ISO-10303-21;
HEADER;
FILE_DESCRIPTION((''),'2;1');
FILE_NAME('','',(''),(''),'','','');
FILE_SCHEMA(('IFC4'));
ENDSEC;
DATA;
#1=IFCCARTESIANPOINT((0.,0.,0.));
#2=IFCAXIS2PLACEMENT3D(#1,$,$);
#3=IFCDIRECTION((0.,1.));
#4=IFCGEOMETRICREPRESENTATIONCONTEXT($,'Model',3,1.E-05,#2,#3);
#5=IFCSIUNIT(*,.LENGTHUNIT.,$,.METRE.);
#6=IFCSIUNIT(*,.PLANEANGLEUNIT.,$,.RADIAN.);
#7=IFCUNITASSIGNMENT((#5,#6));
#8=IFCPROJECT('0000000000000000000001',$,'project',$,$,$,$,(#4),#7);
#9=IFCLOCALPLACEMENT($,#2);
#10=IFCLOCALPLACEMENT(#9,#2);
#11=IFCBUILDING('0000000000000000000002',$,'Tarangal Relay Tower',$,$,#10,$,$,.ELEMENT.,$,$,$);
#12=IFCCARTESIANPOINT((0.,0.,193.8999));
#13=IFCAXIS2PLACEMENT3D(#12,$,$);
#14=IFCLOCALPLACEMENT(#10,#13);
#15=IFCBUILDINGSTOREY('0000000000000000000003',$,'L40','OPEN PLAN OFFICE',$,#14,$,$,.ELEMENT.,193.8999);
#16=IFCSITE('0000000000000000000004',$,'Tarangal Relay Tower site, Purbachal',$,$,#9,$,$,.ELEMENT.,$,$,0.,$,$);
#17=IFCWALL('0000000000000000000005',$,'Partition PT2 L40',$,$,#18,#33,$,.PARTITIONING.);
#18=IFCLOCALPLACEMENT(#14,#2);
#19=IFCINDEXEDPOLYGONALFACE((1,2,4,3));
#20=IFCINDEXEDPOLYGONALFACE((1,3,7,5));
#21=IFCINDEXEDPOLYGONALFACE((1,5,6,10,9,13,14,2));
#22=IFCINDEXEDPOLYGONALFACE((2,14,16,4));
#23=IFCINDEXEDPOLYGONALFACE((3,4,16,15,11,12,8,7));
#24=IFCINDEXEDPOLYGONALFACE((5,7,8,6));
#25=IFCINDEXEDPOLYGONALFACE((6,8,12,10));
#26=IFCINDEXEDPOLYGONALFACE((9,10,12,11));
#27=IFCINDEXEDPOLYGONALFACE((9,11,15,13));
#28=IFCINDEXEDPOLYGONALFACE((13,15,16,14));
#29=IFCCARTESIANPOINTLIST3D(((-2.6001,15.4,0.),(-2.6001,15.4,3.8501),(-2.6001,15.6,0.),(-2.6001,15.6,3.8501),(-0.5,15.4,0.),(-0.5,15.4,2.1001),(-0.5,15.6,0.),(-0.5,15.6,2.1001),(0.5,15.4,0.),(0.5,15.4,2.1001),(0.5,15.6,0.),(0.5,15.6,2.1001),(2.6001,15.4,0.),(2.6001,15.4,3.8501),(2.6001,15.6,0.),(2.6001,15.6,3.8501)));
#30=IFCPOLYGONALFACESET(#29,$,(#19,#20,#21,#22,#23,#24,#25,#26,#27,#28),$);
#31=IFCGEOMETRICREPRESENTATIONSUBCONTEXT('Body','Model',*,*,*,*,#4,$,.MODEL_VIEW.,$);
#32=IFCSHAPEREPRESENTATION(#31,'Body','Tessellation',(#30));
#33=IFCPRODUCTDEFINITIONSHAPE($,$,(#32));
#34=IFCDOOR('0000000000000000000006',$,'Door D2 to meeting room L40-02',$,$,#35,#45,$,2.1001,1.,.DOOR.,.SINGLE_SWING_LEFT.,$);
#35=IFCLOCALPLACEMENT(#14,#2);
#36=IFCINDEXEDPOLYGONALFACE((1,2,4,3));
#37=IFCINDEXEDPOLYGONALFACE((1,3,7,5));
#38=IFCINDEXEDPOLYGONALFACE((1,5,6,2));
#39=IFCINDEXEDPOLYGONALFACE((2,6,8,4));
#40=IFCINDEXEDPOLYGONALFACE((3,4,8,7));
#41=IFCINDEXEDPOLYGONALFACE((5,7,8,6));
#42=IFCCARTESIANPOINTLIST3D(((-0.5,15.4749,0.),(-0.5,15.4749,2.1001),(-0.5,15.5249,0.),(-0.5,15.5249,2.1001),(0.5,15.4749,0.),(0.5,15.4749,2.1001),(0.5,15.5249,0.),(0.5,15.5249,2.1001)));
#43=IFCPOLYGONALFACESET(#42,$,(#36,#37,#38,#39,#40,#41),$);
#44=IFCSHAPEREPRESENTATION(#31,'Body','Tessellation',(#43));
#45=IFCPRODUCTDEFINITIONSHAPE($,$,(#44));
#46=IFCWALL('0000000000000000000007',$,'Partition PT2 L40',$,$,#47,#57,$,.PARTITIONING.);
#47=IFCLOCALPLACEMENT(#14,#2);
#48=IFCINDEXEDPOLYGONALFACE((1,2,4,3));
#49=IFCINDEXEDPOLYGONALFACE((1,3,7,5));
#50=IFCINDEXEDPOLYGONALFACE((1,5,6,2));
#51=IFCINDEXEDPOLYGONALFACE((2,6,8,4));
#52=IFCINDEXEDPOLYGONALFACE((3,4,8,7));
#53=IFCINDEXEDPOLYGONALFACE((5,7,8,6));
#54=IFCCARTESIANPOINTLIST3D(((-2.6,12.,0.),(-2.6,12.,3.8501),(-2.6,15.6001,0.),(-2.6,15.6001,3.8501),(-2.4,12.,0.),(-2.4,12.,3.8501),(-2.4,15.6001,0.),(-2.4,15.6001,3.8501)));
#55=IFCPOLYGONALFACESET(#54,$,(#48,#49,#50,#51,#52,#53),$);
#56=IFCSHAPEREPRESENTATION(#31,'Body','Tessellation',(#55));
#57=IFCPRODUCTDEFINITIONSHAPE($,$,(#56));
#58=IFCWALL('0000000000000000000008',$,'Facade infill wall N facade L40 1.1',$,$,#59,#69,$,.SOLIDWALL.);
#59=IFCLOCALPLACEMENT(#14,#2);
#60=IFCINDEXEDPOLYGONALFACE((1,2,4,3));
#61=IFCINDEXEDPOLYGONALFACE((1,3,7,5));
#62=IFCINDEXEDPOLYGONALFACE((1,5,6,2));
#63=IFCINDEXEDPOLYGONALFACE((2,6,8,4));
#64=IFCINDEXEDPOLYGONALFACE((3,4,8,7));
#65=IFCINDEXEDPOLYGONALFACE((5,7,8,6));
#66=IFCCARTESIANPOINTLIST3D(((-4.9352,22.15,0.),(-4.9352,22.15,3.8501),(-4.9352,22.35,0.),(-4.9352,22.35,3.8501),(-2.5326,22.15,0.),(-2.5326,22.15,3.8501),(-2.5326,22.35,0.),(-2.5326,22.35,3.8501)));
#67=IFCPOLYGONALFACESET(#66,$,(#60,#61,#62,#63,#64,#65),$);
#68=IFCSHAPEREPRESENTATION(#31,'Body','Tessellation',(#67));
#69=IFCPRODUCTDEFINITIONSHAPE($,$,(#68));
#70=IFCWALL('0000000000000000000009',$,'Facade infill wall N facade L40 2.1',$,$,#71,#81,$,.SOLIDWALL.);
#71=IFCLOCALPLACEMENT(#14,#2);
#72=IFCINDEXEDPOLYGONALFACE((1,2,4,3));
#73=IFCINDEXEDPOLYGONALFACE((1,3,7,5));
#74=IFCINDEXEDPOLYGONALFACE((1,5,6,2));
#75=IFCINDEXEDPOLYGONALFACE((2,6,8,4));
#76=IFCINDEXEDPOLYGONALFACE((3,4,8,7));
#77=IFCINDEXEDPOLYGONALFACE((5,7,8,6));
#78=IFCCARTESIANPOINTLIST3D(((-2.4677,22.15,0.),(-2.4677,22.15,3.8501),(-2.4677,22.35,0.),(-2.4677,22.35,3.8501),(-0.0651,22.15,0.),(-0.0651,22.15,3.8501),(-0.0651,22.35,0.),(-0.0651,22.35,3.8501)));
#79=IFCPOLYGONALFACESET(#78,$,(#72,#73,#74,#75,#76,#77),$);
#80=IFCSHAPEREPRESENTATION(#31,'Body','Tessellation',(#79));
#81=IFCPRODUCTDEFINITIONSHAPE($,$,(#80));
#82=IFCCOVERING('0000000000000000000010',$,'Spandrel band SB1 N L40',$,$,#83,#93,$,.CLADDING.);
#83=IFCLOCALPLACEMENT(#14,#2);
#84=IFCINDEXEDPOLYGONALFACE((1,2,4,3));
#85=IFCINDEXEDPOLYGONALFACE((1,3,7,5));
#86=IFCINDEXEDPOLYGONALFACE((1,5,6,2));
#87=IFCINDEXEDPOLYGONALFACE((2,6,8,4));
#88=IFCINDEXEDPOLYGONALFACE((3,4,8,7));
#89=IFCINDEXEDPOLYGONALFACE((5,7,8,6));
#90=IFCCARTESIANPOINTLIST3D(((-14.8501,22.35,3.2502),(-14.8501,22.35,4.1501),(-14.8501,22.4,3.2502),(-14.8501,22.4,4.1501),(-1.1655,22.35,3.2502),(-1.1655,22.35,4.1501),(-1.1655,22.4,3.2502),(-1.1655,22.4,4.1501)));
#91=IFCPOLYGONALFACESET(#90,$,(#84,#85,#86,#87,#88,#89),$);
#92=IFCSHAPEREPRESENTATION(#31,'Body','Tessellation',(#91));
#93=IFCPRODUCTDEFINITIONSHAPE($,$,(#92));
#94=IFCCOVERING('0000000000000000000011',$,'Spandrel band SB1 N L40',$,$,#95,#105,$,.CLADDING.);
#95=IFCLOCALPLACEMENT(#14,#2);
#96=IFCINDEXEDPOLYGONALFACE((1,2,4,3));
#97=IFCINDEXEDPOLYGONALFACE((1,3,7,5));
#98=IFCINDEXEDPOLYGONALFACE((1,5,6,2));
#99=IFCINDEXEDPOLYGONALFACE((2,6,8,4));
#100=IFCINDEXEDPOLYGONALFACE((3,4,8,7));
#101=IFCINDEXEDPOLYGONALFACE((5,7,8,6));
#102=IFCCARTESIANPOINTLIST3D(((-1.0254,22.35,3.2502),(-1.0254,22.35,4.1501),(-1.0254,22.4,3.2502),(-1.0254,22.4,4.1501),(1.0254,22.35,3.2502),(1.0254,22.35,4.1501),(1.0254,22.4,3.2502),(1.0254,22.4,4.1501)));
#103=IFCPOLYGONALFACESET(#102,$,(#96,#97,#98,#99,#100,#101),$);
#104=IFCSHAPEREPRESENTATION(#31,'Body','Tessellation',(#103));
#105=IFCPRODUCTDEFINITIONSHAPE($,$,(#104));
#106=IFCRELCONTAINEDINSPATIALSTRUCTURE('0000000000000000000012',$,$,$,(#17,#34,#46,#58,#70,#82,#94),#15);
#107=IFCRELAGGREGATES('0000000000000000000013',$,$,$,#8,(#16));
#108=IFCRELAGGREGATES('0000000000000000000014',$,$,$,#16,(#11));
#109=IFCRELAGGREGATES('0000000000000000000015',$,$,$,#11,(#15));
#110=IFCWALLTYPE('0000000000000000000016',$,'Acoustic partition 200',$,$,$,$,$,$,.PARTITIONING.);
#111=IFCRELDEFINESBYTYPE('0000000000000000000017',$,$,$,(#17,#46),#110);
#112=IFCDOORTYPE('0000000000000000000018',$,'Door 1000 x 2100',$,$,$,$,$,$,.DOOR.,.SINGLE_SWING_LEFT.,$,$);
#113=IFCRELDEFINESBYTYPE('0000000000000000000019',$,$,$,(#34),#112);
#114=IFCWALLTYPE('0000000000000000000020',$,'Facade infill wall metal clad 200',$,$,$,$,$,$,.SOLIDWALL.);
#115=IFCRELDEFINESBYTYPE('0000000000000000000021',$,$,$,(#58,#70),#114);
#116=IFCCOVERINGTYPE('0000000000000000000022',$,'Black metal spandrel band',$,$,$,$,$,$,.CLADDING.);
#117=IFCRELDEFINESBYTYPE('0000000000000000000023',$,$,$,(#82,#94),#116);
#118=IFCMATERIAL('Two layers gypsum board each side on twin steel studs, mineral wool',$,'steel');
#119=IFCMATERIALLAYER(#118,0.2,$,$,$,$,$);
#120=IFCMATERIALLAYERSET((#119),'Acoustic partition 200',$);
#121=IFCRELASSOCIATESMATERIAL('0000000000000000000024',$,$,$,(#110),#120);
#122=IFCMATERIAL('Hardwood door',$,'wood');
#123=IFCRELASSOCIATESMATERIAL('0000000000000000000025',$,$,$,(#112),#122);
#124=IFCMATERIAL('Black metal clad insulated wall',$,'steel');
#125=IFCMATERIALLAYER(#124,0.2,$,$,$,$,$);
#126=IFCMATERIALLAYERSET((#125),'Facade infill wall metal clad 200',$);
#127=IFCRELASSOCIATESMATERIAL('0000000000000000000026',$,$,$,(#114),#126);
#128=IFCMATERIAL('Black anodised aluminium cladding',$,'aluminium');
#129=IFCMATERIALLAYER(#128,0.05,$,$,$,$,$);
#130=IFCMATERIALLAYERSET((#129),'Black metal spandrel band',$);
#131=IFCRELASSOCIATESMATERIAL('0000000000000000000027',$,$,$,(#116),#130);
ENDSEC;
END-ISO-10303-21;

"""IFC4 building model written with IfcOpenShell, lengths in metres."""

from ifc_helpers import new_model, si_unit, direction, frame, frame_2d, origin, origin_2d, place, context, subcontext, project, spatial, rectangle, extrude, material, layer, layer_set, type_object, element, fill, save


model = new_model("IFC4")

# Units and contexts
model_context = context("Model", 3, precision=1e-05, world=origin(), true_north=direction((0.0, 1.0)))
body_context = subcontext(model_context, "Body", "Model", "MODEL_VIEW")
ifc_project = project(units=[si_unit("LENGTHUNIT", "METRE"), si_unit("PLANEANGLEUNIT", "RADIAN")], contexts=[model_context])

# Site, building, storey
site_placement = place(None, origin())
site = spatial("IfcSite", under=ifc_project, at=site_placement, Name="Tarangal Relay Tower site, Purbachal", CompositionType="ELEMENT", RefElevation=0.0)
building_placement = place(site_placement, origin())
building = spatial("IfcBuilding", under=site, at=building_placement, Name="Tarangal Relay Tower", CompositionType="ELEMENT")
storey_placement = place(building_placement, frame((0.0, 0.0, 193.8999)))
storey = spatial("IfcBuildingStorey", under=building, at=storey_placement, Name="L40", Description="OPEN PLAN OFFICE", CompositionType="ELEMENT", Elevation=193.8999)

# Wall, opening, door
ifc_material_1 = material(Name="Two layers gypsum board each side on twin steel studs, mineral wool", Category="steel")
ifc_layer_1 = layer(ifc_material_1, 0.2)
ifc_layer_set_1 = layer_set([ifc_layer_1], Name="Acoustic partition 200")
wall_type_1 = type_object("IfcWallType", Name="Acoustic partition 200", PredefinedType="PARTITIONING", material=ifc_layer_set_1)
wall_1_placement = place(storey_placement, frame((-2.6001, 15.5, 0.0), z_axis=(0.0, 0.0, 1.0), x_axis=(1.0, 0.0, 0.0)))
wall_1 = element("IfcWall", 1, at=wall_1_placement, inside=storey, type_object=wall_type_1, Name="Partition PT2 L40", PredefinedType="PARTITIONING", context=body_context, shape_type="SweptSolid", body=[
    extrude(rectangle(XDim=5.2002, YDim=0.2, at=frame_2d((2.6001, 0.0))), origin(), (0.0, 0.0, 1.0), 3.8501),
])
opening_placement = place(wall_1_placement, frame((2.1001, 0.0, 0.0)))
opening = element("IfcOpeningElement", 2, at=opening_placement, cuts=wall_1, PredefinedType="OPENING", context=body_context, shape_type="SweptSolid", body=[
    extrude(rectangle(XDim=1.0, YDim=2.1001, at=frame_2d((0.5, 1.05))), frame((0.0, 0.1099, 0.0), z_axis=(0.0, -1.0, 0.0), x_axis=(1.0, 0.0, 0.0)), (0.0, 0.0, 1.0), 0.22),
])
ifc_material_2 = material(Name="Hardwood door", Category="wood")
door_type = type_object("IfcDoorType", Name="Door 1000 x 2100", OperationType="SINGLE_SWING_LEFT", PredefinedType="DOOR", material=ifc_material_2)
door_placement = place(opening_placement, origin())
door = element("IfcDoor", 3, at=door_placement, inside=storey, type_object=door_type, Name="Door D2 to meeting room L40-02", OperationType="SINGLE_SWING_LEFT", OverallHeight=2.1001, OverallWidth=1.0, PredefinedType="DOOR", context=body_context, shape_type="SweptSolid", body=[
    extrude(rectangle(XDim=1.0, YDim=2.1001, at=frame_2d((0.5, 1.05))), frame((0.0, 0.0249, 0.0), z_axis=(0.0, -1.0, 0.0), x_axis=(1.0, 0.0, 0.0)), (0.0, 0.0, 1.0), 0.05),
])
fill(opening, door)

# Walls
wall_2_placement = place(storey_placement, frame((-2.5, 12.0, 0.0), z_axis=(0.0, 0.0, 1.0), x_axis=(0.0, 1.0, 0.0)))
element("IfcWall", 4, at=wall_2_placement, inside=storey, type_object=wall_type_1, Name="Partition PT2 L40", PredefinedType="PARTITIONING", context=body_context, shape_type="SweptSolid", body=[
    extrude(rectangle(XDim=3.6001, YDim=0.2, at=frame_2d((1.8, 0.0))), origin(), (0.0, 0.0, 1.0), 3.8501),
])
ifc_material_3 = material(Name="Black metal clad insulated wall", Category="steel")
ifc_layer_2 = layer(ifc_material_3, 0.2)
ifc_layer_set_2 = layer_set([ifc_layer_2], Name="Facade infill wall metal clad 200")
wall_type_2 = type_object("IfcWallType", Name="Facade infill wall metal clad 200", PredefinedType="SOLIDWALL", material=ifc_layer_set_2)
for number, where, z_axis, x_axis, name in (
    (5, (-4.9351, 22.25, 0.0), (0.0, 0.0, 1.0), (1.0, 0.0, 0.0), "Facade infill wall N facade L40 1.1"),
    (6, (-2.4675, 22.25, 0.0), (0.0, 0.0, 1.0), (1.0, 0.0, 0.0), "Facade infill wall N facade L40 2.1"),
):
    element("IfcWall", number, at=place(storey_placement, frame(where, z_axis=z_axis, x_axis=x_axis)), inside=storey, type_object=wall_type_2, Name=name, PredefinedType="SOLIDWALL", context=body_context, shape_type="SweptSolid", body=[
        extrude(rectangle(XDim=2.4026, YDim=0.2, at=frame_2d((1.2012, 0.0))), origin(), (0.0, 0.0, 1.0), 3.8501),
    ])

# Coverings
ifc_material_4 = material(Name="Black anodised aluminium cladding", Category="aluminium")
ifc_layer_3 = layer(ifc_material_4, 0.05)
ifc_layer_set_3 = layer_set([ifc_layer_3], Name="Black metal spandrel band")
covering_type = type_object("IfcCoveringType", Name="Black metal spandrel band", PredefinedType="CLADDING", material=ifc_layer_set_3)
covering_1_placement = place(storey_placement, frame((-8.0078, 22.375, 3.2502), z_axis=(0.0, 0.0, 1.0), x_axis=(1.0, 0.0, 0.0)))
element("IfcCovering", 7, at=covering_1_placement, inside=storey, type_object=covering_type, Name="Spandrel band SB1 N L40", PredefinedType="CLADDING", context=body_context, shape_type="SweptSolid", body=[
    extrude(rectangle(XDim=13.6846, YDim=0.05, at=origin_2d()), origin(), (0.0, 0.0, 1.0), 0.8999),
])
covering_2_placement = place(storey_placement, frame((0.0, 22.375, 3.2502), z_axis=(0.0, 0.0, 1.0), x_axis=(1.0, 0.0, 0.0)))
element("IfcCovering", 8, at=covering_2_placement, inside=storey, type_object=covering_type, Name="Spandrel band SB1 N L40", PredefinedType="CLADDING", context=body_context, shape_type="SweptSolid", body=[
    extrude(rectangle(XDim=2.0508, YDim=0.05, at=origin_2d()), origin(), (0.0, 0.0, 1.0), 0.8999),
])

save(model, "model.ifc")
